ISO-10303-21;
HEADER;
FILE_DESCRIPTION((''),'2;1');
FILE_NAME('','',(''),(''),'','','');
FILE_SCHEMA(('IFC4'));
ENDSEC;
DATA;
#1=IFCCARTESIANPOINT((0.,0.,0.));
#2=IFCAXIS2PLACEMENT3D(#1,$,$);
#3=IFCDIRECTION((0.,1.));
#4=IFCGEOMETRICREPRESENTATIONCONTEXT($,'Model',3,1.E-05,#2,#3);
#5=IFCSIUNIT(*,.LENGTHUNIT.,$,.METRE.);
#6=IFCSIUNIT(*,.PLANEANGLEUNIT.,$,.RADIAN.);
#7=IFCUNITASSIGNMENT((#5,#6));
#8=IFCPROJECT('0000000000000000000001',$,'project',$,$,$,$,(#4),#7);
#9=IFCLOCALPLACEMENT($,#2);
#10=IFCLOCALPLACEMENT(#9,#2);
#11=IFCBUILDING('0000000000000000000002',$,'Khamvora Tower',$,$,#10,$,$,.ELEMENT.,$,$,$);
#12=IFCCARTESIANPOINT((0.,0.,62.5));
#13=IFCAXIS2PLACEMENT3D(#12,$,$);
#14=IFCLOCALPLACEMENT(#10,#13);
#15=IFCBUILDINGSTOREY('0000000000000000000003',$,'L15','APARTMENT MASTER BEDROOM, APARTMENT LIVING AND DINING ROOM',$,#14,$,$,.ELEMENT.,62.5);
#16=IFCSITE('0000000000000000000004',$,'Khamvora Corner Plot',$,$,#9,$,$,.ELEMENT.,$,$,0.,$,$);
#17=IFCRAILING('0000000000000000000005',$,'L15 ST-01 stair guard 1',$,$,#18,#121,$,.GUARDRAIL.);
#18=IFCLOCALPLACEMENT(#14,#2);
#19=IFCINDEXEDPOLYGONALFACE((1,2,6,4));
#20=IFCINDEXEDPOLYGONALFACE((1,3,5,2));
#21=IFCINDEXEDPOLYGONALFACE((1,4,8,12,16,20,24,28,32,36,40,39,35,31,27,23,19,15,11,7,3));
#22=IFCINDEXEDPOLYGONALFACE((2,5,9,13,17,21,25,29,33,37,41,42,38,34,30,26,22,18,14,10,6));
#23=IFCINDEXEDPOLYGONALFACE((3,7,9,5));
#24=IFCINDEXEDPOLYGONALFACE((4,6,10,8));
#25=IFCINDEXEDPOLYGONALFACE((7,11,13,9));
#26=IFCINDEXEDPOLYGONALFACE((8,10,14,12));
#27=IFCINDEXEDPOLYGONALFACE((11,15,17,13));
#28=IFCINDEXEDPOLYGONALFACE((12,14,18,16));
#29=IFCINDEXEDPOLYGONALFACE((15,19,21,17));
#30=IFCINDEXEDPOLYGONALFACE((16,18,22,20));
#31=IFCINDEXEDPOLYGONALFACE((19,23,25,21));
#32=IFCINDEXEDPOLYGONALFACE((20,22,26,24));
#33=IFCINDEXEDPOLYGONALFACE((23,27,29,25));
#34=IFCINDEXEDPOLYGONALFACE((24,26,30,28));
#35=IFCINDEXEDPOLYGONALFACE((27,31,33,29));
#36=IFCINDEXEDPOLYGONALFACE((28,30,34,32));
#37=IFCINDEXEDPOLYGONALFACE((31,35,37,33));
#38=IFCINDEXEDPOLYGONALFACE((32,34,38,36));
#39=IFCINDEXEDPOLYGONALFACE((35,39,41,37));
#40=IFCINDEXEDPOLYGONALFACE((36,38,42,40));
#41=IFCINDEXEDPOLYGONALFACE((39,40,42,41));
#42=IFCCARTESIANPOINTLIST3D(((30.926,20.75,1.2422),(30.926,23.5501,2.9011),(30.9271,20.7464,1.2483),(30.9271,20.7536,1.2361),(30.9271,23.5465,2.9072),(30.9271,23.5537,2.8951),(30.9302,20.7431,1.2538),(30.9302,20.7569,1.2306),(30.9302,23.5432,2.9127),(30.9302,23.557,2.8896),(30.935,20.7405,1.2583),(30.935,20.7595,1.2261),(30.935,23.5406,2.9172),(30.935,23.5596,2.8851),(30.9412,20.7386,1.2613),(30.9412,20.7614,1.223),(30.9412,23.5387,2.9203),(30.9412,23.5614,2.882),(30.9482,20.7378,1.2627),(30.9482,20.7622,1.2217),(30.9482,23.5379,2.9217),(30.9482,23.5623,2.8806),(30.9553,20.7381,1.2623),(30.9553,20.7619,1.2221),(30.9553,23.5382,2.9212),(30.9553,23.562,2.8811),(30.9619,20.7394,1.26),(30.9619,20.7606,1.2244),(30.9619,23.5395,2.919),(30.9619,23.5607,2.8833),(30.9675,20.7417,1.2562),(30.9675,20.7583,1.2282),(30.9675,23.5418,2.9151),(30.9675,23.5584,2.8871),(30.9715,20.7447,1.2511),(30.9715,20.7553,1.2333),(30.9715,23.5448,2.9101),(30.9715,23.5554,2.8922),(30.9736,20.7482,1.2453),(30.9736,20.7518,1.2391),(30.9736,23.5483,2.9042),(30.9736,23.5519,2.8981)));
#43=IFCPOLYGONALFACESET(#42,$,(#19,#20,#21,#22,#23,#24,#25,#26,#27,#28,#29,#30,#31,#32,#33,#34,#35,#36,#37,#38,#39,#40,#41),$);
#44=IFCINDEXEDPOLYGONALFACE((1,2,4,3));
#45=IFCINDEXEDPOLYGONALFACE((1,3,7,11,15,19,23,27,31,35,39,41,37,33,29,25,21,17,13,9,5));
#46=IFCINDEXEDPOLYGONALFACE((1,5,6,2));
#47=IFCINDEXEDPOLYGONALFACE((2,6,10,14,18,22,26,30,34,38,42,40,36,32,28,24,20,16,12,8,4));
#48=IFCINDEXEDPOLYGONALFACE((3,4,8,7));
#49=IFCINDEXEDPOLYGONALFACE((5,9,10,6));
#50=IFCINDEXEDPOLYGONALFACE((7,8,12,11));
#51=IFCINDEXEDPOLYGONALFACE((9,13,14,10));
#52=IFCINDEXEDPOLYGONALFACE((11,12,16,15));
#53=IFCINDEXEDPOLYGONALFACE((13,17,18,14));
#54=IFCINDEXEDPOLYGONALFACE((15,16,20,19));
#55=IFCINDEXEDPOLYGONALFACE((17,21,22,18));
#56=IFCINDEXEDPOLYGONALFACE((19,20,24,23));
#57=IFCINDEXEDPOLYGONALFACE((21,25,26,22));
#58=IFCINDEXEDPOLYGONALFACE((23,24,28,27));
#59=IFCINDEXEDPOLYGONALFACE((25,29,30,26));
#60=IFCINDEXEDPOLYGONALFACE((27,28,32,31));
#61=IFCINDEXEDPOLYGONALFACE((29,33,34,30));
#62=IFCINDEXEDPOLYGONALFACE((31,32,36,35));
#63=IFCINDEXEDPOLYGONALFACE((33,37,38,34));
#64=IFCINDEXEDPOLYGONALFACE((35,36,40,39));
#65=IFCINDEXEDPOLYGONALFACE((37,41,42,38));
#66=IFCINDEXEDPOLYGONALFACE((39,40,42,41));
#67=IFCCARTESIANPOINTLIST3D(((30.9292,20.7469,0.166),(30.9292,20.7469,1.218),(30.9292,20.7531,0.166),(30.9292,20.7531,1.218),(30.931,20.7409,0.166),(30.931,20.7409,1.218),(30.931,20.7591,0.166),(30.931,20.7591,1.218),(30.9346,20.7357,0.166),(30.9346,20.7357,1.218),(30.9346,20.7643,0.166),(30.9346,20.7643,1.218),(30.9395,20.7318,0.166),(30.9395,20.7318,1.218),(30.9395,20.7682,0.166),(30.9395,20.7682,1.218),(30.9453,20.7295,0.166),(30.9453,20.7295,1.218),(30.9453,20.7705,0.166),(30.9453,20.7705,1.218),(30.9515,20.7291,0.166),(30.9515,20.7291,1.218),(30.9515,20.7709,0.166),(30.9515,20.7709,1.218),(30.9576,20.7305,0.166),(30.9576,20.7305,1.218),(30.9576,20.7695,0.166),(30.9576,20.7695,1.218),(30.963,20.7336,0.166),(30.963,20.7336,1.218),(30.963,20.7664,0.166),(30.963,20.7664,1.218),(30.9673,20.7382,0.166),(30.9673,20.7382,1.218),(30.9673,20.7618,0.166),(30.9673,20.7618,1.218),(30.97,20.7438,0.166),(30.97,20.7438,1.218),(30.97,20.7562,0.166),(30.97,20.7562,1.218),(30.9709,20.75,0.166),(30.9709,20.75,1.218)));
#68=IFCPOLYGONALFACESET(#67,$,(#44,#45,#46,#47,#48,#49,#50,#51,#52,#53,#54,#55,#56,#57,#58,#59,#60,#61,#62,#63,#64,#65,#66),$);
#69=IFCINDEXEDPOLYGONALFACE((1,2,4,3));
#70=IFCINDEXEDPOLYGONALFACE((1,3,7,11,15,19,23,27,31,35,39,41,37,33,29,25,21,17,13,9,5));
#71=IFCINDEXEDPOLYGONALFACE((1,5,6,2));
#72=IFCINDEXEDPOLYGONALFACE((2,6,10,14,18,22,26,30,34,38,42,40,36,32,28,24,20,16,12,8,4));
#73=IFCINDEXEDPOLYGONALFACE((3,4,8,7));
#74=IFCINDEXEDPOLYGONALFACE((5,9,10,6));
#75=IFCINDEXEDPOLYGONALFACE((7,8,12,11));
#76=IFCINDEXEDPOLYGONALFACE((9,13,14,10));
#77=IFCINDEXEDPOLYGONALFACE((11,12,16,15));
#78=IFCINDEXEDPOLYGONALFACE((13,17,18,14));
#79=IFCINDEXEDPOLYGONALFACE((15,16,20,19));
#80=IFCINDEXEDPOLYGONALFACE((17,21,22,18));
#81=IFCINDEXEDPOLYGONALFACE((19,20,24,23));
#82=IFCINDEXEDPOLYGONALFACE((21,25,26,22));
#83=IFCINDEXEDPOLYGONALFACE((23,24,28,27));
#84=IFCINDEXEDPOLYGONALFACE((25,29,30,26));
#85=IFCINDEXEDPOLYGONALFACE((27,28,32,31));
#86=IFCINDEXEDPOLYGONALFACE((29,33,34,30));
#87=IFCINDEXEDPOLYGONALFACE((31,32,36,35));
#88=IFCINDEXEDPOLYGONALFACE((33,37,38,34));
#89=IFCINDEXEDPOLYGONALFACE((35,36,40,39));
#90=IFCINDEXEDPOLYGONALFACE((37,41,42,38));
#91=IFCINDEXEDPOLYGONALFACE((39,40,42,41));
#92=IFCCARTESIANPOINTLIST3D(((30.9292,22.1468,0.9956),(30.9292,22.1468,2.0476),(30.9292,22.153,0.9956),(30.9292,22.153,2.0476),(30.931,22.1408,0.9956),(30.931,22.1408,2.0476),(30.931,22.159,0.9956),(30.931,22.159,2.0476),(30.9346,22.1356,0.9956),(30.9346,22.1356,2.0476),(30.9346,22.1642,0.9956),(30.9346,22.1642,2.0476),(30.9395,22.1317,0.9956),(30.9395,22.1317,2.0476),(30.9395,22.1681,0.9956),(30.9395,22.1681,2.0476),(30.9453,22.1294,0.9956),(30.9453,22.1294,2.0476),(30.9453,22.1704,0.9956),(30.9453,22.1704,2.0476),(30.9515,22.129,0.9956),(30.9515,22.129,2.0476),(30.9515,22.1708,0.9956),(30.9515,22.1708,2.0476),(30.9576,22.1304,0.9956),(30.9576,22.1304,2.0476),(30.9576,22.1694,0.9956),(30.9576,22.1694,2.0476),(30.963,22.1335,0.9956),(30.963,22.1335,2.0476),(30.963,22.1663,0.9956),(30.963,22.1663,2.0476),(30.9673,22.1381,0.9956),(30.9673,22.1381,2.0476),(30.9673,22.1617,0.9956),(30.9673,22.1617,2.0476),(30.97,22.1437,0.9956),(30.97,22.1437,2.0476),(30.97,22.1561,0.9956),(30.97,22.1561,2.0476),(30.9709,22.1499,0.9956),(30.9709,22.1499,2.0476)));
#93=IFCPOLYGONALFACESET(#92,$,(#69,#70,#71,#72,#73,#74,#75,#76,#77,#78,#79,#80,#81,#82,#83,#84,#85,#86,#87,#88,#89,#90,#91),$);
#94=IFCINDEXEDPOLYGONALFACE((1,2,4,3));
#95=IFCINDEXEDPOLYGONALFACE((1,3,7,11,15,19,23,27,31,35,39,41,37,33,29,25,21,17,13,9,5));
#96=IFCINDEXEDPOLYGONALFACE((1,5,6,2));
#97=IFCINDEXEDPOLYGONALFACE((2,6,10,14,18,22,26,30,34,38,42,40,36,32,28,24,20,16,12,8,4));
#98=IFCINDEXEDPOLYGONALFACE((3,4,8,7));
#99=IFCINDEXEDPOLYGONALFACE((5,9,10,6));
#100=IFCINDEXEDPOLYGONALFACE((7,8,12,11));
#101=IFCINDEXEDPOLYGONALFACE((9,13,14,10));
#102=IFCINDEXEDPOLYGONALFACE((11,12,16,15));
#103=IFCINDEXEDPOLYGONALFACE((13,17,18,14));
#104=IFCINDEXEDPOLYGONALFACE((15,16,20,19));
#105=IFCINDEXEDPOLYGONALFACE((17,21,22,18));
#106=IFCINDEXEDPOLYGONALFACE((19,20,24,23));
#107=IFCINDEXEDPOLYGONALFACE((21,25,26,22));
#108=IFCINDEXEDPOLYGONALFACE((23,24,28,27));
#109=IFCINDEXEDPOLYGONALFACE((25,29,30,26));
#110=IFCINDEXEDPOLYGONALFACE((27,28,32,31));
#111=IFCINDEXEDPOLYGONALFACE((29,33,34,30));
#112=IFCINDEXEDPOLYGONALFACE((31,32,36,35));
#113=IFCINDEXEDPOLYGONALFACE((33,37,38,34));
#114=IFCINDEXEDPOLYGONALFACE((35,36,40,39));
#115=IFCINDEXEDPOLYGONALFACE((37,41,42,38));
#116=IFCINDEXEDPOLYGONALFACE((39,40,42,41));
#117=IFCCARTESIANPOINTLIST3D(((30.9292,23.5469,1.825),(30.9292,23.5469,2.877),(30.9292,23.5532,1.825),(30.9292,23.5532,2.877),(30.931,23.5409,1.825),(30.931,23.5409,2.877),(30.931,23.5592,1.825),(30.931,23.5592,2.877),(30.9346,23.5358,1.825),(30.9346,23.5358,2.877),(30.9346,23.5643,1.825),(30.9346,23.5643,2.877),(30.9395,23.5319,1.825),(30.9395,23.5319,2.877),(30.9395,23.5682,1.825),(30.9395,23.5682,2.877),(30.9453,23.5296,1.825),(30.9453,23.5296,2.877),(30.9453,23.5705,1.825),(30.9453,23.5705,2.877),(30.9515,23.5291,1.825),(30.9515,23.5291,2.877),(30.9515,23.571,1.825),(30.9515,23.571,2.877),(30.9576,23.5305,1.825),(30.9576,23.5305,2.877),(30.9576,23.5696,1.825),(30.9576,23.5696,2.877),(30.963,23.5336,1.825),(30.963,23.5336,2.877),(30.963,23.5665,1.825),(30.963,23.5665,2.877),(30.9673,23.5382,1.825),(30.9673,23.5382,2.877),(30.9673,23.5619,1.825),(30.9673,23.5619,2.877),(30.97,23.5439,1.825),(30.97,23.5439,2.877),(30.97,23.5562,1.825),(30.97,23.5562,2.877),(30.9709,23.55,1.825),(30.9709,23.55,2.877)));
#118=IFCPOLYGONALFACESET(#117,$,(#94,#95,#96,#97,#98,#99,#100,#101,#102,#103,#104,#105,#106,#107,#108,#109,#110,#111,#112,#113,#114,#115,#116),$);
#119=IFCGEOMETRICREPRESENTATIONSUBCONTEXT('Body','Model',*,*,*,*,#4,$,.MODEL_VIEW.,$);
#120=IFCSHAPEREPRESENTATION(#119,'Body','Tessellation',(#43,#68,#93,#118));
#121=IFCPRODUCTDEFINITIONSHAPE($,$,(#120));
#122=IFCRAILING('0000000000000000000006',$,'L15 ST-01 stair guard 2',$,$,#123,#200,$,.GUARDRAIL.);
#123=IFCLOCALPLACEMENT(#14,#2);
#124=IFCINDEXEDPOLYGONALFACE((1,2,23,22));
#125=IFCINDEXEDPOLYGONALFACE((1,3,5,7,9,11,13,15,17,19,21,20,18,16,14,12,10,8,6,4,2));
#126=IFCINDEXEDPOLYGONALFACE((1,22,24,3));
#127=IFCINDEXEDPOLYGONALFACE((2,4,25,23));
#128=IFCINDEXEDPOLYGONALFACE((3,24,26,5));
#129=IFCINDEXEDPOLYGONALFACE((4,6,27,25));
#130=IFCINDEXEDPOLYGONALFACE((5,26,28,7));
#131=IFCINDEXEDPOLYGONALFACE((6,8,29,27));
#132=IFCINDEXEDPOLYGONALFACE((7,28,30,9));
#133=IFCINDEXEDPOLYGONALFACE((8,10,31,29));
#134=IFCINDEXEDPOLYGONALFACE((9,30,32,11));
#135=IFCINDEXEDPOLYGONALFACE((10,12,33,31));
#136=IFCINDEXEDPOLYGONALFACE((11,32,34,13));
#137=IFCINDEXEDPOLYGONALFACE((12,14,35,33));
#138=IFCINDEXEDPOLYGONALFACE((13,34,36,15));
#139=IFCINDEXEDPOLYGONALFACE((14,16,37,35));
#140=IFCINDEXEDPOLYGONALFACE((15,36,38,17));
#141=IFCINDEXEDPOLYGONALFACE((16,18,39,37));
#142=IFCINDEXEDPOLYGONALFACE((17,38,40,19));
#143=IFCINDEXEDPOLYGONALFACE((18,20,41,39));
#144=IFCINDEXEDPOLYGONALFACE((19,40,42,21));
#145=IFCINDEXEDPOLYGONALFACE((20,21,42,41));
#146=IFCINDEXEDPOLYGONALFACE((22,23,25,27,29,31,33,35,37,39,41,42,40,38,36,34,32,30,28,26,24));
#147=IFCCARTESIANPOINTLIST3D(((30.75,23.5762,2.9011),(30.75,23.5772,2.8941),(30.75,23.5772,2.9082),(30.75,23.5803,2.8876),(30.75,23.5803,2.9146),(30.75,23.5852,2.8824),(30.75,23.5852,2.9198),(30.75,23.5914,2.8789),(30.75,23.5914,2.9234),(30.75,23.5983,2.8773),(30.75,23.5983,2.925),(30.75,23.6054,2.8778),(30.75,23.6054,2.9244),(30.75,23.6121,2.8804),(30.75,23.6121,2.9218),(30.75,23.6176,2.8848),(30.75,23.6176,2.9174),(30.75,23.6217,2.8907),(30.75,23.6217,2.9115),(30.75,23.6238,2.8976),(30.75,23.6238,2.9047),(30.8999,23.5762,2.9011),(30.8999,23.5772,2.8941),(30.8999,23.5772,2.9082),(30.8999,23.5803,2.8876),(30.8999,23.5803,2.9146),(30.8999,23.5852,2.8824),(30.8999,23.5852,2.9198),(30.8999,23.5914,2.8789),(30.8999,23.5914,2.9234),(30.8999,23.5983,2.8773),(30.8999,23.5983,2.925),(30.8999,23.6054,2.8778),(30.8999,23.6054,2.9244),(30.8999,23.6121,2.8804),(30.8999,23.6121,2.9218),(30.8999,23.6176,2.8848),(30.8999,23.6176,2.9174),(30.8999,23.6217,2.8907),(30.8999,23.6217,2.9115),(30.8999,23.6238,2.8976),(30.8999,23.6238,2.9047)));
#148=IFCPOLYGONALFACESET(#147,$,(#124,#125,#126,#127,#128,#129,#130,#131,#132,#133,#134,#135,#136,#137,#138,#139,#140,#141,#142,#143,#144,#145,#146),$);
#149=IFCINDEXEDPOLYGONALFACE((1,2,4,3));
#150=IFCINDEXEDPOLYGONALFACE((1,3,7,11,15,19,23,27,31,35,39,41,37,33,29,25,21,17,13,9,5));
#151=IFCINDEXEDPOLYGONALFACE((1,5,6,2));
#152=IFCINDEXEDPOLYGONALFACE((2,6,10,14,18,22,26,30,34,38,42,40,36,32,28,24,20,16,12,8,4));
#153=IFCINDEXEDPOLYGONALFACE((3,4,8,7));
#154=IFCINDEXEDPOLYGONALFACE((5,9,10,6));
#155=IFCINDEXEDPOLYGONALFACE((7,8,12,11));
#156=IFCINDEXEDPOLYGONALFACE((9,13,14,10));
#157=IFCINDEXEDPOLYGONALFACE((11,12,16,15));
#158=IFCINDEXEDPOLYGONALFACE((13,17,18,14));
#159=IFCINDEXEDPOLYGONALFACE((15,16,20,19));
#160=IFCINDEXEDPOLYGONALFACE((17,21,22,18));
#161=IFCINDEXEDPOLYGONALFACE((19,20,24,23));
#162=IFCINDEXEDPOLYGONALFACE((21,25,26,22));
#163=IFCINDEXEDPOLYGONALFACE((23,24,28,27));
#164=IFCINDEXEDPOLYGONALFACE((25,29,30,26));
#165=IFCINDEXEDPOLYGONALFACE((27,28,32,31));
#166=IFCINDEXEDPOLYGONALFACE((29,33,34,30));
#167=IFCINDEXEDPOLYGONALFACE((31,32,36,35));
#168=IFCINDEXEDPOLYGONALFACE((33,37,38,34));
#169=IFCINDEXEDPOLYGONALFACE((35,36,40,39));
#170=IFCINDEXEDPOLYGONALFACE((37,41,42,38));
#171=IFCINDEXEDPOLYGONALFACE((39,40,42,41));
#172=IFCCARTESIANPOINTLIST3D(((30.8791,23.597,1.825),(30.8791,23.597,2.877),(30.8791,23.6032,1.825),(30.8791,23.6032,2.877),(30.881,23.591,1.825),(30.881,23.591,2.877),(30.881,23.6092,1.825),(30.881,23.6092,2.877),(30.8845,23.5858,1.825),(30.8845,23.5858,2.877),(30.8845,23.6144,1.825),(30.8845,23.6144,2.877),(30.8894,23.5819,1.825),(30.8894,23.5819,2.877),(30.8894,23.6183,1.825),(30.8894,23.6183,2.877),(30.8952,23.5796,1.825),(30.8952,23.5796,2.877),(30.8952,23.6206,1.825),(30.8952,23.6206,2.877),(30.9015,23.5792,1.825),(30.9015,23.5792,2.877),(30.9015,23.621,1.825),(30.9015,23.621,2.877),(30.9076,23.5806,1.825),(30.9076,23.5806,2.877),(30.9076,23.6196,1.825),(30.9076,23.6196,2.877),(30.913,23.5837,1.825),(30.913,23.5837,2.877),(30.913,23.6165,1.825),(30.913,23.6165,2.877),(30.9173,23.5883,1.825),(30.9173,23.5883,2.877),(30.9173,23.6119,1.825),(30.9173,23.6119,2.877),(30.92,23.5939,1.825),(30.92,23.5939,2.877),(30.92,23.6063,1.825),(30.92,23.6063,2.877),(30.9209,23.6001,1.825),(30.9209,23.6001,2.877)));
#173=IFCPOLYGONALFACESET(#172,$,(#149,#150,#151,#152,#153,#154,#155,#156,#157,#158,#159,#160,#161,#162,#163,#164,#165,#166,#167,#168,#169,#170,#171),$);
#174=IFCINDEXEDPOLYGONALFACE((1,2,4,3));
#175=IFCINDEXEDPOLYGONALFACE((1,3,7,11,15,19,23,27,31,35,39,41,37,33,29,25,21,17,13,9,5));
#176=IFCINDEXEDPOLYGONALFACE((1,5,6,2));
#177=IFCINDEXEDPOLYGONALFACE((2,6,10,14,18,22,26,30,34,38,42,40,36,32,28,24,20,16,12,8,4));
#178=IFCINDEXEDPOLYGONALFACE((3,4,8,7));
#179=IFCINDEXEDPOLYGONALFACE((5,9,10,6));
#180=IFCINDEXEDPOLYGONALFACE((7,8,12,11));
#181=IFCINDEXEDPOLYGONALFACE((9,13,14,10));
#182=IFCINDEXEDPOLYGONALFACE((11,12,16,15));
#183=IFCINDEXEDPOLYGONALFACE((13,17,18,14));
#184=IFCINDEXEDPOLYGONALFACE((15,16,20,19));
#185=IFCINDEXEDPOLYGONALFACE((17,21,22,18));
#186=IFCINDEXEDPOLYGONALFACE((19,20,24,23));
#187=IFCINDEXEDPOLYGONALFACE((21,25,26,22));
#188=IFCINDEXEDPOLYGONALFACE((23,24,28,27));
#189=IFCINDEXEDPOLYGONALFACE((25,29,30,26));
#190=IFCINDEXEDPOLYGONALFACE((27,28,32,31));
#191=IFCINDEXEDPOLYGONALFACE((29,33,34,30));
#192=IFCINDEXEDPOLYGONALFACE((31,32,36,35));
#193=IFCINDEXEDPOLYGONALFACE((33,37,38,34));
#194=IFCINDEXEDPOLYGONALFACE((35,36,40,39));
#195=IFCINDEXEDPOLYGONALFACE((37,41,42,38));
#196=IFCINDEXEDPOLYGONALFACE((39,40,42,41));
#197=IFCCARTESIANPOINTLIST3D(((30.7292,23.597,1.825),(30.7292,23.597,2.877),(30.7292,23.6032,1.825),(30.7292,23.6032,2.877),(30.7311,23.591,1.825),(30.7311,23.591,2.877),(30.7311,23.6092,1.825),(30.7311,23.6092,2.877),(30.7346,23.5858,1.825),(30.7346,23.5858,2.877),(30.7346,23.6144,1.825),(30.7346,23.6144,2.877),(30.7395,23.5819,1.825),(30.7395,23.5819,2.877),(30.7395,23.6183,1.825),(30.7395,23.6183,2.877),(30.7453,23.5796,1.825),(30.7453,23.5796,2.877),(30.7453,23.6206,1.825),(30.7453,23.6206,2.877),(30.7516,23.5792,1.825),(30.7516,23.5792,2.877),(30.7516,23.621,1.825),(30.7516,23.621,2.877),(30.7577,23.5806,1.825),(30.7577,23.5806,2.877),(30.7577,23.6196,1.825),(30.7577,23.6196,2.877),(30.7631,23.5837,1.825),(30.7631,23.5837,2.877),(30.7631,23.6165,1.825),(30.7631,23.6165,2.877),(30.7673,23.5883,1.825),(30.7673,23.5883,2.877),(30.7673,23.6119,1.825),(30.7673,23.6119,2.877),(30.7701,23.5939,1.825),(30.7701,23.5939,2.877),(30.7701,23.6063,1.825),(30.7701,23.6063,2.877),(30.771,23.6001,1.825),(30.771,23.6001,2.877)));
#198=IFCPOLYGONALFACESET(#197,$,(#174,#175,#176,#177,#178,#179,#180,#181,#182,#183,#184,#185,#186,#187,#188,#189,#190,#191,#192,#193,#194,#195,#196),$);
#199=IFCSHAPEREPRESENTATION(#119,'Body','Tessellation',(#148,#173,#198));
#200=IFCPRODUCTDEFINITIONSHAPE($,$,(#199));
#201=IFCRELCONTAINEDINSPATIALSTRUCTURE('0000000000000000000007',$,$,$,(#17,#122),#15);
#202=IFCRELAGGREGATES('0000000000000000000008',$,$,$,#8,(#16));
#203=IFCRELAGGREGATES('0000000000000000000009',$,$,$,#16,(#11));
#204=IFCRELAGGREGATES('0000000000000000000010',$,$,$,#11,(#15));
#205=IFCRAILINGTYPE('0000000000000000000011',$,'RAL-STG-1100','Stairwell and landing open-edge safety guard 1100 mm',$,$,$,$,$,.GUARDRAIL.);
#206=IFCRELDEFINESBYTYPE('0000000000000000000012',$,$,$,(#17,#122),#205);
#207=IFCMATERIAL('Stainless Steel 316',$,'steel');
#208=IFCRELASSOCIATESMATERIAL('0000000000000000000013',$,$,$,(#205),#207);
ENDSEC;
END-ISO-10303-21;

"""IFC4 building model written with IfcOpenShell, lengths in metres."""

from ifc_helpers import new_model, si_unit, direction, frame, origin, origin_2d, place, context, subcontext, project, spatial, circle, extrude, material, type_object, element, save


model = new_model("IFC4")

# Units and contexts
model_context = context("Model", 3, precision=1e-05, world=origin(), true_north=direction((0.0, 1.0)))
body_context = subcontext(model_context, "Body", "Model", "MODEL_VIEW")
ifc_project = project(units=[si_unit("LENGTHUNIT", "METRE"), si_unit("PLANEANGLEUNIT", "RADIAN")], contexts=[model_context])

# Site, building, storey
site_placement = place(None, origin())
site = spatial("IfcSite", under=ifc_project, at=site_placement, Name="Khamvora Corner Plot", CompositionType="ELEMENT", RefElevation=0.0)
building_placement = place(site_placement, origin())
building = spatial("IfcBuilding", under=site, at=building_placement, Name="Khamvora Tower", CompositionType="ELEMENT")
storey_placement = place(building_placement, frame((0.0, 0.0, 62.5)))
storey = spatial("IfcBuildingStorey", under=building, at=storey_placement, Name="L15", Description="APARTMENT MASTER BEDROOM, APARTMENT LIVING AND DINING ROOM", CompositionType="ELEMENT", Elevation=62.5)

# Railings
ifc_material_1 = material(Name="Stainless Steel 316", Category="steel")
railing_type_1 = type_object("IfcRailingType", Name="RAL-STG-1100", Description="Stairwell and landing open-edge safety guard 1100 mm", PredefinedType="GUARDRAIL", material=ifc_material_1)
railing_1_placement = place(storey_placement, frame((30.95, 20.75, 0.166)))
element("IfcRailing", 1, at=railing_1_placement, inside=storey, type_object=railing_type_1, Name="L15 ST-01 stair guard 1", PredefinedType="GUARDRAIL", context=body_context, shape_type="SweptSolid", body=[
    extrude(circle(Radius=0.0239, at=origin_2d()), frame((0.0, 0.0, 1.0762), z_axis=(0.0, 0.860339, 0.509722), x_axis=(-1.0, 0.0, 0.0)), (0.0, 0.0, 1.0), 3.2546),
    extrude(circle(Radius=0.021, at=origin_2d()), origin(), (0.0, 0.0, 1.0), 1.052),
    extrude(circle(Radius=0.021, at=origin_2d()), frame((0.0, 1.3999, 0.8296)), (0.0, 0.0, 1.0), 1.052),
    extrude(circle(Radius=0.021, at=origin_2d()), frame((0.0, 2.8, 1.6589)), (0.0, 0.0, 1.0), 1.052),
])
railing_2_placement = place(storey_placement, frame((30.8999, 23.6001, 1.825)))
element("IfcRailing", 2, at=railing_2_placement, inside=storey, type_object=railing_type_1, Name="L15 ST-01 stair guard 2", PredefinedType="GUARDRAIL", context=body_context, shape_type="SweptSolid", body=[
    extrude(circle(Radius=0.0239, at=origin_2d()), frame((0.0, 0.0, 1.0762), z_axis=(-1.0, 0.0, 0.0), x_axis=(0.0, -1.0, 0.0)), (0.0, 0.0, 1.0), 0.1499),
    extrude(circle(Radius=0.021, at=origin_2d()), origin(), (0.0, 0.0, 1.0), 1.052),
    extrude(circle(Radius=0.021, at=origin_2d()), frame((-0.1499, 0.0, 0.0)), (0.0, 0.0, 1.0), 1.052),
])

save(model, "model.ifc")
